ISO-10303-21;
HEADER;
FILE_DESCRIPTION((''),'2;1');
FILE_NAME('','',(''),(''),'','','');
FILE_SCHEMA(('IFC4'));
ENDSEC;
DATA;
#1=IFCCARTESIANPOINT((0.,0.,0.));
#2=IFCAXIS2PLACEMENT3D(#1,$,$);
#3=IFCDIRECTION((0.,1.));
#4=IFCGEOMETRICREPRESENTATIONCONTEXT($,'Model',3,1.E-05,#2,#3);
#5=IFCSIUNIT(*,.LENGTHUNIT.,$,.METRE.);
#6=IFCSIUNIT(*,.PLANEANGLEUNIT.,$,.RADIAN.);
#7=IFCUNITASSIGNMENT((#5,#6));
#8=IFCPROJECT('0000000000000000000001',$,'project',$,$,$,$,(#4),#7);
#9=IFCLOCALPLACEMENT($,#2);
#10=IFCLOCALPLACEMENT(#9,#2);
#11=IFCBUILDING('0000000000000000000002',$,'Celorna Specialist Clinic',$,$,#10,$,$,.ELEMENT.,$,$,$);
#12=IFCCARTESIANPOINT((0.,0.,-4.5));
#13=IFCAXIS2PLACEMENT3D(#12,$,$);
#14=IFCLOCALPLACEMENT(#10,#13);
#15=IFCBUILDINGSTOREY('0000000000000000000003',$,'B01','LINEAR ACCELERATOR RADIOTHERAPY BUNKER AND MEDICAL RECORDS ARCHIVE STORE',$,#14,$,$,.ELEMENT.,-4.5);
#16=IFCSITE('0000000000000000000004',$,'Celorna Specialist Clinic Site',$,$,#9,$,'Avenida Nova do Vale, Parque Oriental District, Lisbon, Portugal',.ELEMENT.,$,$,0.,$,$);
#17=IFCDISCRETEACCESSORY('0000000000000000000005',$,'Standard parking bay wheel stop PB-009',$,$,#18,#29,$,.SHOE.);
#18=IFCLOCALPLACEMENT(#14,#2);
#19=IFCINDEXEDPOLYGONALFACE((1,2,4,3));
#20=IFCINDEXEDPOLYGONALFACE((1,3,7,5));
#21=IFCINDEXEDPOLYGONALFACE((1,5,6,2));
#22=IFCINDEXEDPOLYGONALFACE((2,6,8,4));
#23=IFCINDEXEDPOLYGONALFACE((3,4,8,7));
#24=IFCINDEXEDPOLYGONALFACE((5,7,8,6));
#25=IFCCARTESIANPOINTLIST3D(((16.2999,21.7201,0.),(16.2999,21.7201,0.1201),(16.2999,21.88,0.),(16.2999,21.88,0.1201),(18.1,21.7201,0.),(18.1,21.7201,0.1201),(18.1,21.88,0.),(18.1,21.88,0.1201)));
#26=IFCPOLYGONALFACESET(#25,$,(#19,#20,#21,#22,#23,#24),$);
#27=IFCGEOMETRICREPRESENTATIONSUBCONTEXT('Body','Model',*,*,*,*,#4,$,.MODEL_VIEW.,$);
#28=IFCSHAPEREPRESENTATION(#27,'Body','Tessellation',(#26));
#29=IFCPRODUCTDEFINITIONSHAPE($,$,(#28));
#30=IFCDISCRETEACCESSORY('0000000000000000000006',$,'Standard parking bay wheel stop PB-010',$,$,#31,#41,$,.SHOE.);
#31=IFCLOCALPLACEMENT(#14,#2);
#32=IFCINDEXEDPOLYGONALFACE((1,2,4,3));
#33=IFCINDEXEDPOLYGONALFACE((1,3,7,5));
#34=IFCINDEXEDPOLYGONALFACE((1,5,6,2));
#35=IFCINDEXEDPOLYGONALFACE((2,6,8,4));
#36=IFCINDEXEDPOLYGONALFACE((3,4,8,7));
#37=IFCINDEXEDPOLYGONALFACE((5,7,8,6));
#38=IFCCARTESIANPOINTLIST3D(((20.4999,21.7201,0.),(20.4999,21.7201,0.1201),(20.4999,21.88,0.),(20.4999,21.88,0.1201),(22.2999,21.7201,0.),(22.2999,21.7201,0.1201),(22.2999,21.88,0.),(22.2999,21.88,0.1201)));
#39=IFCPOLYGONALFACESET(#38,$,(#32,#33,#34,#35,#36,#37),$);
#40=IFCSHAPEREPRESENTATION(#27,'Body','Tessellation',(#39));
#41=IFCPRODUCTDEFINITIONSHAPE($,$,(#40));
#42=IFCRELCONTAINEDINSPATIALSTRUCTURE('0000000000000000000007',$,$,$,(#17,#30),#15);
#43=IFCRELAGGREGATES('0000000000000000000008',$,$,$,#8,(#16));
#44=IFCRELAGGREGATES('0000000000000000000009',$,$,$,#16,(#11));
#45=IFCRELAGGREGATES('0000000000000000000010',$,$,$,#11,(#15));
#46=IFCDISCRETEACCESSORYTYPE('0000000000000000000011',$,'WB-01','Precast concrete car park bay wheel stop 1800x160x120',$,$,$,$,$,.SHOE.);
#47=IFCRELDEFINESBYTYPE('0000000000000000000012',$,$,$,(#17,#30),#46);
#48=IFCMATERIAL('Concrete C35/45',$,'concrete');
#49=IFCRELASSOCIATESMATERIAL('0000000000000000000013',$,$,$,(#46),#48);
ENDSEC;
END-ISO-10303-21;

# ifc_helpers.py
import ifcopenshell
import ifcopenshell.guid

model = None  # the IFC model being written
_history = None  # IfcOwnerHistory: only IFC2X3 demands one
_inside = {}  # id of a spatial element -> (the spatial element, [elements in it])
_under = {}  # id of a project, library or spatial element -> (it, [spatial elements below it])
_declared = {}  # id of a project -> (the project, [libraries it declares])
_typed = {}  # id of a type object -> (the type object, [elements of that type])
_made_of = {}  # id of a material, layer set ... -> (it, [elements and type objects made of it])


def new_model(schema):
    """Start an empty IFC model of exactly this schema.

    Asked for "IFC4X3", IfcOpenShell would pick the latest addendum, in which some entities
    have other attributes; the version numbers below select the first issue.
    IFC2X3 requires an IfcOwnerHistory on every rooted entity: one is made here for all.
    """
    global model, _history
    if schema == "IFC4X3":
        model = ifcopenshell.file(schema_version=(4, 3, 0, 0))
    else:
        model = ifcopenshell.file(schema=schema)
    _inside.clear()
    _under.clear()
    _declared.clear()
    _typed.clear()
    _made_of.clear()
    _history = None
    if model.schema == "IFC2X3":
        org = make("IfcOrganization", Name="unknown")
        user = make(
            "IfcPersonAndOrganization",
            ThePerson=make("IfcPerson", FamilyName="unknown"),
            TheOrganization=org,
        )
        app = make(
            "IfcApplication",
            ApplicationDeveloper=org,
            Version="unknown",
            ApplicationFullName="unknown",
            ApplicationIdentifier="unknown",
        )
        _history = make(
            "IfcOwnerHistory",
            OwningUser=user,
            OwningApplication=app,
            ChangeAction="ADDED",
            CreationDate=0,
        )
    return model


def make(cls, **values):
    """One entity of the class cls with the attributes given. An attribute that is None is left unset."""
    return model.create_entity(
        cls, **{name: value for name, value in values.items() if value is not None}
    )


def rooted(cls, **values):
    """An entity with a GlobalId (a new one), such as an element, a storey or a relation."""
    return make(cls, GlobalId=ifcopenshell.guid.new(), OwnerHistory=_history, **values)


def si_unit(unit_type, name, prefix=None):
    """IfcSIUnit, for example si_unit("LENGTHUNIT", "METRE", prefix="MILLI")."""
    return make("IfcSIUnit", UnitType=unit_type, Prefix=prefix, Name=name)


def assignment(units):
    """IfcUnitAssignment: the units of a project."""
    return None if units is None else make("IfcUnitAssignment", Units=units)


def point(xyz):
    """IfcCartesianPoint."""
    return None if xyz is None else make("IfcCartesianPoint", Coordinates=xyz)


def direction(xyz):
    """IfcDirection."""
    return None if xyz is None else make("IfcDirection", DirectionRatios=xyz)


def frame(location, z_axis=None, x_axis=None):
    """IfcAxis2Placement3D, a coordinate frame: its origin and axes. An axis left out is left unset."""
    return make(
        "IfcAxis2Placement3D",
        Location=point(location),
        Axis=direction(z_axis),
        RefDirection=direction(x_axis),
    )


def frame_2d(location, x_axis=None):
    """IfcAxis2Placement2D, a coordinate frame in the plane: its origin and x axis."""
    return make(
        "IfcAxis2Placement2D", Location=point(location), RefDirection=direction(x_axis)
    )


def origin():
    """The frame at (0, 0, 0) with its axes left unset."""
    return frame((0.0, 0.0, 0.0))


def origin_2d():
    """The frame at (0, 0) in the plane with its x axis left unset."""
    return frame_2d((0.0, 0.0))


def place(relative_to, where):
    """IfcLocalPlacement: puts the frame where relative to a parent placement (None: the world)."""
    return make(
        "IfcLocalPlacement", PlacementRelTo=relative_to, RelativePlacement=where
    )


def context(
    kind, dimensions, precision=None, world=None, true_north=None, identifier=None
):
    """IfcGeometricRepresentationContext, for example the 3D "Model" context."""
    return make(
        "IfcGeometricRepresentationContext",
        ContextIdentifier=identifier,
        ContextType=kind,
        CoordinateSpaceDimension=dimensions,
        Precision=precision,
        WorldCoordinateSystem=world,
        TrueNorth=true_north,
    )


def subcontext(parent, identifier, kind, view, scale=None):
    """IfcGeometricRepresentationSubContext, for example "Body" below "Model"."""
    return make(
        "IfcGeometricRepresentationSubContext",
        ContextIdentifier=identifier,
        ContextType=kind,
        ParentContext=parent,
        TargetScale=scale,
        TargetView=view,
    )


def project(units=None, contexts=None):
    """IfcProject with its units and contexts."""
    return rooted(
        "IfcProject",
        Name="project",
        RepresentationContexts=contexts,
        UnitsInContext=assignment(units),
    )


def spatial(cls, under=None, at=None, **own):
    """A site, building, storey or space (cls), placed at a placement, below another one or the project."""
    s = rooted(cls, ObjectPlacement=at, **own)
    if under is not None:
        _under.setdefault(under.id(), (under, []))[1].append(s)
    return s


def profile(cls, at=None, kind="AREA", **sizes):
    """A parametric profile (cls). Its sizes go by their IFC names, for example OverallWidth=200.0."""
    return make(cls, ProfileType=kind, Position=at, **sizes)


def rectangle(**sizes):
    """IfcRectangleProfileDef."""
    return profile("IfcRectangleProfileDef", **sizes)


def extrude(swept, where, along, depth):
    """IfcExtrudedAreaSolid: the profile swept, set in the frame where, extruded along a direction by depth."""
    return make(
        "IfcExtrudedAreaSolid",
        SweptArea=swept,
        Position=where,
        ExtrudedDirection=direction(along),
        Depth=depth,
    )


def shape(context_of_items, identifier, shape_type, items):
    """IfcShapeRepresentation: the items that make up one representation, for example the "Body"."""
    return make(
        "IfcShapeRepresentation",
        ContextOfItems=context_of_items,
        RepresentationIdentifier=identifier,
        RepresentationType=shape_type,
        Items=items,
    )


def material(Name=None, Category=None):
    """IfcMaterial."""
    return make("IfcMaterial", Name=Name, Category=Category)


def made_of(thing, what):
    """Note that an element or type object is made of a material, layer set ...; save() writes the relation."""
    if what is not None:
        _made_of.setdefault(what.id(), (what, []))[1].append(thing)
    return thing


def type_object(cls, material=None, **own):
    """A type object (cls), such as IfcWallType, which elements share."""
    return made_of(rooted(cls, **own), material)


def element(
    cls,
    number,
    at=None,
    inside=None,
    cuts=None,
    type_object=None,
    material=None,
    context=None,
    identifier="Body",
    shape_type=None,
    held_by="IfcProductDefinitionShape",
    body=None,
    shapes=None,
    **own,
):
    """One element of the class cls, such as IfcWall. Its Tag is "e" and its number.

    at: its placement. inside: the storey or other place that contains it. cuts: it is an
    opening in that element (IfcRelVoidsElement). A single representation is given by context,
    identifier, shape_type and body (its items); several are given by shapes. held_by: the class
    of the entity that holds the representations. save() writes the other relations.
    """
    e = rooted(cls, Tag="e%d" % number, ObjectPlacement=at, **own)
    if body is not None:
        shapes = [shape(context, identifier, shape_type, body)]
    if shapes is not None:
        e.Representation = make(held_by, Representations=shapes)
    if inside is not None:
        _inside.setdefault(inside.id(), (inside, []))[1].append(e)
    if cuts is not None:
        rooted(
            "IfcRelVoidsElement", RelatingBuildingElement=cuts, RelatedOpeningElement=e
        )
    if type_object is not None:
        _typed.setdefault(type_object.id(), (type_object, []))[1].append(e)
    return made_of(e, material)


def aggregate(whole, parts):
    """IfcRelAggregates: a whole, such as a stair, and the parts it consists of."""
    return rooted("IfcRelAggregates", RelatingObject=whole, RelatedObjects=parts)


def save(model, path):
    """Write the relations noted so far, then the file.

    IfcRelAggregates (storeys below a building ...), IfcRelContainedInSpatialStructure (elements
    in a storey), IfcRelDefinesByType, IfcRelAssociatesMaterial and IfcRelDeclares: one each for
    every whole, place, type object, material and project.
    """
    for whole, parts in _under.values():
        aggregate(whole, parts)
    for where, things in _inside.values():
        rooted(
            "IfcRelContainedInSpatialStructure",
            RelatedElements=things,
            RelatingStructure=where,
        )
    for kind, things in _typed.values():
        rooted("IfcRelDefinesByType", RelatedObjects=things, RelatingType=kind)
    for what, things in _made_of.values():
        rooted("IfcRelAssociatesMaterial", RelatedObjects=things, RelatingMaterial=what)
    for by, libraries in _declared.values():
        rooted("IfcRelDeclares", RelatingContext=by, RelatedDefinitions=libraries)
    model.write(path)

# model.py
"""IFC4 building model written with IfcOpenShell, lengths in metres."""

from ifc_helpers import new_model, si_unit, direction, frame, origin, origin_2d, place, context, subcontext, project, spatial, rectangle, extrude, material, type_object, element, save


model = new_model("IFC4")

# Units and contexts
model_context = context("Model", 3, precision=1e-05, world=origin(), true_north=direction((0.0, 1.0)))
body_context = subcontext(model_context, "Body", "Model", "MODEL_VIEW")
ifc_project = project(units=[si_unit("LENGTHUNIT", "METRE"), si_unit("PLANEANGLEUNIT", "RADIAN")], contexts=[model_context])

# Site, building, storey
site_placement = place(None, origin())
site = spatial("IfcSite", under=ifc_project, at=site_placement, Name="Celorna Specialist Clinic Site", LongName="Avenida Nova do Vale, Parque Oriental District, Lisbon, Portugal", CompositionType="ELEMENT", RefElevation=0.0)
building_placement = place(site_placement, origin())
building = spatial("IfcBuilding", under=site, at=building_placement, Name="Celorna Specialist Clinic", CompositionType="ELEMENT")
storey_placement = place(building_placement, frame((0.0, 0.0, -4.5)))
storey = spatial("IfcBuildingStorey", under=building, at=storey_placement, Name="B01", Description="LINEAR ACCELERATOR RADIOTHERAPY BUNKER AND MEDICAL RECORDS ARCHIVE STORE", CompositionType="ELEMENT", Elevation=-4.5)

# Shared definitions
ifc_material_1 = material(Name="Concrete C35/45", Category="concrete")

# Discrete accessories
discrete_accessory_type = type_object("IfcDiscreteAccessoryType", Name="WB-01", Description="Precast concrete car park bay wheel stop 1800x160x120", PredefinedType="SHOE", material=ifc_material_1)
for number, where, z_axis, x_axis, name in (
    (1, (17.2, 21.8, 0.0), (0.0, 0.0, 1.0), (1.0, 0.0, 0.0), "Standard parking bay wheel stop PB-009"),
    (2, (21.3999, 21.8, 0.0), (0.0, 0.0, 1.0), (1.0, 0.0, 0.0), "Standard parking bay wheel stop PB-010"),
):
    element("IfcDiscreteAccessory", number, at=place(storey_placement, frame(where, z_axis=z_axis, x_axis=x_axis)), inside=storey, type_object=discrete_accessory_type, Name=name, PredefinedType="SHOE", context=body_context, shape_type="SweptSolid", body=[
        extrude(rectangle(XDim=1.8, YDim=0.1599, at=origin_2d()), origin(), (0.0, 0.0, 1.0), 0.1201),
    ])

save(model, "model.ifc")
